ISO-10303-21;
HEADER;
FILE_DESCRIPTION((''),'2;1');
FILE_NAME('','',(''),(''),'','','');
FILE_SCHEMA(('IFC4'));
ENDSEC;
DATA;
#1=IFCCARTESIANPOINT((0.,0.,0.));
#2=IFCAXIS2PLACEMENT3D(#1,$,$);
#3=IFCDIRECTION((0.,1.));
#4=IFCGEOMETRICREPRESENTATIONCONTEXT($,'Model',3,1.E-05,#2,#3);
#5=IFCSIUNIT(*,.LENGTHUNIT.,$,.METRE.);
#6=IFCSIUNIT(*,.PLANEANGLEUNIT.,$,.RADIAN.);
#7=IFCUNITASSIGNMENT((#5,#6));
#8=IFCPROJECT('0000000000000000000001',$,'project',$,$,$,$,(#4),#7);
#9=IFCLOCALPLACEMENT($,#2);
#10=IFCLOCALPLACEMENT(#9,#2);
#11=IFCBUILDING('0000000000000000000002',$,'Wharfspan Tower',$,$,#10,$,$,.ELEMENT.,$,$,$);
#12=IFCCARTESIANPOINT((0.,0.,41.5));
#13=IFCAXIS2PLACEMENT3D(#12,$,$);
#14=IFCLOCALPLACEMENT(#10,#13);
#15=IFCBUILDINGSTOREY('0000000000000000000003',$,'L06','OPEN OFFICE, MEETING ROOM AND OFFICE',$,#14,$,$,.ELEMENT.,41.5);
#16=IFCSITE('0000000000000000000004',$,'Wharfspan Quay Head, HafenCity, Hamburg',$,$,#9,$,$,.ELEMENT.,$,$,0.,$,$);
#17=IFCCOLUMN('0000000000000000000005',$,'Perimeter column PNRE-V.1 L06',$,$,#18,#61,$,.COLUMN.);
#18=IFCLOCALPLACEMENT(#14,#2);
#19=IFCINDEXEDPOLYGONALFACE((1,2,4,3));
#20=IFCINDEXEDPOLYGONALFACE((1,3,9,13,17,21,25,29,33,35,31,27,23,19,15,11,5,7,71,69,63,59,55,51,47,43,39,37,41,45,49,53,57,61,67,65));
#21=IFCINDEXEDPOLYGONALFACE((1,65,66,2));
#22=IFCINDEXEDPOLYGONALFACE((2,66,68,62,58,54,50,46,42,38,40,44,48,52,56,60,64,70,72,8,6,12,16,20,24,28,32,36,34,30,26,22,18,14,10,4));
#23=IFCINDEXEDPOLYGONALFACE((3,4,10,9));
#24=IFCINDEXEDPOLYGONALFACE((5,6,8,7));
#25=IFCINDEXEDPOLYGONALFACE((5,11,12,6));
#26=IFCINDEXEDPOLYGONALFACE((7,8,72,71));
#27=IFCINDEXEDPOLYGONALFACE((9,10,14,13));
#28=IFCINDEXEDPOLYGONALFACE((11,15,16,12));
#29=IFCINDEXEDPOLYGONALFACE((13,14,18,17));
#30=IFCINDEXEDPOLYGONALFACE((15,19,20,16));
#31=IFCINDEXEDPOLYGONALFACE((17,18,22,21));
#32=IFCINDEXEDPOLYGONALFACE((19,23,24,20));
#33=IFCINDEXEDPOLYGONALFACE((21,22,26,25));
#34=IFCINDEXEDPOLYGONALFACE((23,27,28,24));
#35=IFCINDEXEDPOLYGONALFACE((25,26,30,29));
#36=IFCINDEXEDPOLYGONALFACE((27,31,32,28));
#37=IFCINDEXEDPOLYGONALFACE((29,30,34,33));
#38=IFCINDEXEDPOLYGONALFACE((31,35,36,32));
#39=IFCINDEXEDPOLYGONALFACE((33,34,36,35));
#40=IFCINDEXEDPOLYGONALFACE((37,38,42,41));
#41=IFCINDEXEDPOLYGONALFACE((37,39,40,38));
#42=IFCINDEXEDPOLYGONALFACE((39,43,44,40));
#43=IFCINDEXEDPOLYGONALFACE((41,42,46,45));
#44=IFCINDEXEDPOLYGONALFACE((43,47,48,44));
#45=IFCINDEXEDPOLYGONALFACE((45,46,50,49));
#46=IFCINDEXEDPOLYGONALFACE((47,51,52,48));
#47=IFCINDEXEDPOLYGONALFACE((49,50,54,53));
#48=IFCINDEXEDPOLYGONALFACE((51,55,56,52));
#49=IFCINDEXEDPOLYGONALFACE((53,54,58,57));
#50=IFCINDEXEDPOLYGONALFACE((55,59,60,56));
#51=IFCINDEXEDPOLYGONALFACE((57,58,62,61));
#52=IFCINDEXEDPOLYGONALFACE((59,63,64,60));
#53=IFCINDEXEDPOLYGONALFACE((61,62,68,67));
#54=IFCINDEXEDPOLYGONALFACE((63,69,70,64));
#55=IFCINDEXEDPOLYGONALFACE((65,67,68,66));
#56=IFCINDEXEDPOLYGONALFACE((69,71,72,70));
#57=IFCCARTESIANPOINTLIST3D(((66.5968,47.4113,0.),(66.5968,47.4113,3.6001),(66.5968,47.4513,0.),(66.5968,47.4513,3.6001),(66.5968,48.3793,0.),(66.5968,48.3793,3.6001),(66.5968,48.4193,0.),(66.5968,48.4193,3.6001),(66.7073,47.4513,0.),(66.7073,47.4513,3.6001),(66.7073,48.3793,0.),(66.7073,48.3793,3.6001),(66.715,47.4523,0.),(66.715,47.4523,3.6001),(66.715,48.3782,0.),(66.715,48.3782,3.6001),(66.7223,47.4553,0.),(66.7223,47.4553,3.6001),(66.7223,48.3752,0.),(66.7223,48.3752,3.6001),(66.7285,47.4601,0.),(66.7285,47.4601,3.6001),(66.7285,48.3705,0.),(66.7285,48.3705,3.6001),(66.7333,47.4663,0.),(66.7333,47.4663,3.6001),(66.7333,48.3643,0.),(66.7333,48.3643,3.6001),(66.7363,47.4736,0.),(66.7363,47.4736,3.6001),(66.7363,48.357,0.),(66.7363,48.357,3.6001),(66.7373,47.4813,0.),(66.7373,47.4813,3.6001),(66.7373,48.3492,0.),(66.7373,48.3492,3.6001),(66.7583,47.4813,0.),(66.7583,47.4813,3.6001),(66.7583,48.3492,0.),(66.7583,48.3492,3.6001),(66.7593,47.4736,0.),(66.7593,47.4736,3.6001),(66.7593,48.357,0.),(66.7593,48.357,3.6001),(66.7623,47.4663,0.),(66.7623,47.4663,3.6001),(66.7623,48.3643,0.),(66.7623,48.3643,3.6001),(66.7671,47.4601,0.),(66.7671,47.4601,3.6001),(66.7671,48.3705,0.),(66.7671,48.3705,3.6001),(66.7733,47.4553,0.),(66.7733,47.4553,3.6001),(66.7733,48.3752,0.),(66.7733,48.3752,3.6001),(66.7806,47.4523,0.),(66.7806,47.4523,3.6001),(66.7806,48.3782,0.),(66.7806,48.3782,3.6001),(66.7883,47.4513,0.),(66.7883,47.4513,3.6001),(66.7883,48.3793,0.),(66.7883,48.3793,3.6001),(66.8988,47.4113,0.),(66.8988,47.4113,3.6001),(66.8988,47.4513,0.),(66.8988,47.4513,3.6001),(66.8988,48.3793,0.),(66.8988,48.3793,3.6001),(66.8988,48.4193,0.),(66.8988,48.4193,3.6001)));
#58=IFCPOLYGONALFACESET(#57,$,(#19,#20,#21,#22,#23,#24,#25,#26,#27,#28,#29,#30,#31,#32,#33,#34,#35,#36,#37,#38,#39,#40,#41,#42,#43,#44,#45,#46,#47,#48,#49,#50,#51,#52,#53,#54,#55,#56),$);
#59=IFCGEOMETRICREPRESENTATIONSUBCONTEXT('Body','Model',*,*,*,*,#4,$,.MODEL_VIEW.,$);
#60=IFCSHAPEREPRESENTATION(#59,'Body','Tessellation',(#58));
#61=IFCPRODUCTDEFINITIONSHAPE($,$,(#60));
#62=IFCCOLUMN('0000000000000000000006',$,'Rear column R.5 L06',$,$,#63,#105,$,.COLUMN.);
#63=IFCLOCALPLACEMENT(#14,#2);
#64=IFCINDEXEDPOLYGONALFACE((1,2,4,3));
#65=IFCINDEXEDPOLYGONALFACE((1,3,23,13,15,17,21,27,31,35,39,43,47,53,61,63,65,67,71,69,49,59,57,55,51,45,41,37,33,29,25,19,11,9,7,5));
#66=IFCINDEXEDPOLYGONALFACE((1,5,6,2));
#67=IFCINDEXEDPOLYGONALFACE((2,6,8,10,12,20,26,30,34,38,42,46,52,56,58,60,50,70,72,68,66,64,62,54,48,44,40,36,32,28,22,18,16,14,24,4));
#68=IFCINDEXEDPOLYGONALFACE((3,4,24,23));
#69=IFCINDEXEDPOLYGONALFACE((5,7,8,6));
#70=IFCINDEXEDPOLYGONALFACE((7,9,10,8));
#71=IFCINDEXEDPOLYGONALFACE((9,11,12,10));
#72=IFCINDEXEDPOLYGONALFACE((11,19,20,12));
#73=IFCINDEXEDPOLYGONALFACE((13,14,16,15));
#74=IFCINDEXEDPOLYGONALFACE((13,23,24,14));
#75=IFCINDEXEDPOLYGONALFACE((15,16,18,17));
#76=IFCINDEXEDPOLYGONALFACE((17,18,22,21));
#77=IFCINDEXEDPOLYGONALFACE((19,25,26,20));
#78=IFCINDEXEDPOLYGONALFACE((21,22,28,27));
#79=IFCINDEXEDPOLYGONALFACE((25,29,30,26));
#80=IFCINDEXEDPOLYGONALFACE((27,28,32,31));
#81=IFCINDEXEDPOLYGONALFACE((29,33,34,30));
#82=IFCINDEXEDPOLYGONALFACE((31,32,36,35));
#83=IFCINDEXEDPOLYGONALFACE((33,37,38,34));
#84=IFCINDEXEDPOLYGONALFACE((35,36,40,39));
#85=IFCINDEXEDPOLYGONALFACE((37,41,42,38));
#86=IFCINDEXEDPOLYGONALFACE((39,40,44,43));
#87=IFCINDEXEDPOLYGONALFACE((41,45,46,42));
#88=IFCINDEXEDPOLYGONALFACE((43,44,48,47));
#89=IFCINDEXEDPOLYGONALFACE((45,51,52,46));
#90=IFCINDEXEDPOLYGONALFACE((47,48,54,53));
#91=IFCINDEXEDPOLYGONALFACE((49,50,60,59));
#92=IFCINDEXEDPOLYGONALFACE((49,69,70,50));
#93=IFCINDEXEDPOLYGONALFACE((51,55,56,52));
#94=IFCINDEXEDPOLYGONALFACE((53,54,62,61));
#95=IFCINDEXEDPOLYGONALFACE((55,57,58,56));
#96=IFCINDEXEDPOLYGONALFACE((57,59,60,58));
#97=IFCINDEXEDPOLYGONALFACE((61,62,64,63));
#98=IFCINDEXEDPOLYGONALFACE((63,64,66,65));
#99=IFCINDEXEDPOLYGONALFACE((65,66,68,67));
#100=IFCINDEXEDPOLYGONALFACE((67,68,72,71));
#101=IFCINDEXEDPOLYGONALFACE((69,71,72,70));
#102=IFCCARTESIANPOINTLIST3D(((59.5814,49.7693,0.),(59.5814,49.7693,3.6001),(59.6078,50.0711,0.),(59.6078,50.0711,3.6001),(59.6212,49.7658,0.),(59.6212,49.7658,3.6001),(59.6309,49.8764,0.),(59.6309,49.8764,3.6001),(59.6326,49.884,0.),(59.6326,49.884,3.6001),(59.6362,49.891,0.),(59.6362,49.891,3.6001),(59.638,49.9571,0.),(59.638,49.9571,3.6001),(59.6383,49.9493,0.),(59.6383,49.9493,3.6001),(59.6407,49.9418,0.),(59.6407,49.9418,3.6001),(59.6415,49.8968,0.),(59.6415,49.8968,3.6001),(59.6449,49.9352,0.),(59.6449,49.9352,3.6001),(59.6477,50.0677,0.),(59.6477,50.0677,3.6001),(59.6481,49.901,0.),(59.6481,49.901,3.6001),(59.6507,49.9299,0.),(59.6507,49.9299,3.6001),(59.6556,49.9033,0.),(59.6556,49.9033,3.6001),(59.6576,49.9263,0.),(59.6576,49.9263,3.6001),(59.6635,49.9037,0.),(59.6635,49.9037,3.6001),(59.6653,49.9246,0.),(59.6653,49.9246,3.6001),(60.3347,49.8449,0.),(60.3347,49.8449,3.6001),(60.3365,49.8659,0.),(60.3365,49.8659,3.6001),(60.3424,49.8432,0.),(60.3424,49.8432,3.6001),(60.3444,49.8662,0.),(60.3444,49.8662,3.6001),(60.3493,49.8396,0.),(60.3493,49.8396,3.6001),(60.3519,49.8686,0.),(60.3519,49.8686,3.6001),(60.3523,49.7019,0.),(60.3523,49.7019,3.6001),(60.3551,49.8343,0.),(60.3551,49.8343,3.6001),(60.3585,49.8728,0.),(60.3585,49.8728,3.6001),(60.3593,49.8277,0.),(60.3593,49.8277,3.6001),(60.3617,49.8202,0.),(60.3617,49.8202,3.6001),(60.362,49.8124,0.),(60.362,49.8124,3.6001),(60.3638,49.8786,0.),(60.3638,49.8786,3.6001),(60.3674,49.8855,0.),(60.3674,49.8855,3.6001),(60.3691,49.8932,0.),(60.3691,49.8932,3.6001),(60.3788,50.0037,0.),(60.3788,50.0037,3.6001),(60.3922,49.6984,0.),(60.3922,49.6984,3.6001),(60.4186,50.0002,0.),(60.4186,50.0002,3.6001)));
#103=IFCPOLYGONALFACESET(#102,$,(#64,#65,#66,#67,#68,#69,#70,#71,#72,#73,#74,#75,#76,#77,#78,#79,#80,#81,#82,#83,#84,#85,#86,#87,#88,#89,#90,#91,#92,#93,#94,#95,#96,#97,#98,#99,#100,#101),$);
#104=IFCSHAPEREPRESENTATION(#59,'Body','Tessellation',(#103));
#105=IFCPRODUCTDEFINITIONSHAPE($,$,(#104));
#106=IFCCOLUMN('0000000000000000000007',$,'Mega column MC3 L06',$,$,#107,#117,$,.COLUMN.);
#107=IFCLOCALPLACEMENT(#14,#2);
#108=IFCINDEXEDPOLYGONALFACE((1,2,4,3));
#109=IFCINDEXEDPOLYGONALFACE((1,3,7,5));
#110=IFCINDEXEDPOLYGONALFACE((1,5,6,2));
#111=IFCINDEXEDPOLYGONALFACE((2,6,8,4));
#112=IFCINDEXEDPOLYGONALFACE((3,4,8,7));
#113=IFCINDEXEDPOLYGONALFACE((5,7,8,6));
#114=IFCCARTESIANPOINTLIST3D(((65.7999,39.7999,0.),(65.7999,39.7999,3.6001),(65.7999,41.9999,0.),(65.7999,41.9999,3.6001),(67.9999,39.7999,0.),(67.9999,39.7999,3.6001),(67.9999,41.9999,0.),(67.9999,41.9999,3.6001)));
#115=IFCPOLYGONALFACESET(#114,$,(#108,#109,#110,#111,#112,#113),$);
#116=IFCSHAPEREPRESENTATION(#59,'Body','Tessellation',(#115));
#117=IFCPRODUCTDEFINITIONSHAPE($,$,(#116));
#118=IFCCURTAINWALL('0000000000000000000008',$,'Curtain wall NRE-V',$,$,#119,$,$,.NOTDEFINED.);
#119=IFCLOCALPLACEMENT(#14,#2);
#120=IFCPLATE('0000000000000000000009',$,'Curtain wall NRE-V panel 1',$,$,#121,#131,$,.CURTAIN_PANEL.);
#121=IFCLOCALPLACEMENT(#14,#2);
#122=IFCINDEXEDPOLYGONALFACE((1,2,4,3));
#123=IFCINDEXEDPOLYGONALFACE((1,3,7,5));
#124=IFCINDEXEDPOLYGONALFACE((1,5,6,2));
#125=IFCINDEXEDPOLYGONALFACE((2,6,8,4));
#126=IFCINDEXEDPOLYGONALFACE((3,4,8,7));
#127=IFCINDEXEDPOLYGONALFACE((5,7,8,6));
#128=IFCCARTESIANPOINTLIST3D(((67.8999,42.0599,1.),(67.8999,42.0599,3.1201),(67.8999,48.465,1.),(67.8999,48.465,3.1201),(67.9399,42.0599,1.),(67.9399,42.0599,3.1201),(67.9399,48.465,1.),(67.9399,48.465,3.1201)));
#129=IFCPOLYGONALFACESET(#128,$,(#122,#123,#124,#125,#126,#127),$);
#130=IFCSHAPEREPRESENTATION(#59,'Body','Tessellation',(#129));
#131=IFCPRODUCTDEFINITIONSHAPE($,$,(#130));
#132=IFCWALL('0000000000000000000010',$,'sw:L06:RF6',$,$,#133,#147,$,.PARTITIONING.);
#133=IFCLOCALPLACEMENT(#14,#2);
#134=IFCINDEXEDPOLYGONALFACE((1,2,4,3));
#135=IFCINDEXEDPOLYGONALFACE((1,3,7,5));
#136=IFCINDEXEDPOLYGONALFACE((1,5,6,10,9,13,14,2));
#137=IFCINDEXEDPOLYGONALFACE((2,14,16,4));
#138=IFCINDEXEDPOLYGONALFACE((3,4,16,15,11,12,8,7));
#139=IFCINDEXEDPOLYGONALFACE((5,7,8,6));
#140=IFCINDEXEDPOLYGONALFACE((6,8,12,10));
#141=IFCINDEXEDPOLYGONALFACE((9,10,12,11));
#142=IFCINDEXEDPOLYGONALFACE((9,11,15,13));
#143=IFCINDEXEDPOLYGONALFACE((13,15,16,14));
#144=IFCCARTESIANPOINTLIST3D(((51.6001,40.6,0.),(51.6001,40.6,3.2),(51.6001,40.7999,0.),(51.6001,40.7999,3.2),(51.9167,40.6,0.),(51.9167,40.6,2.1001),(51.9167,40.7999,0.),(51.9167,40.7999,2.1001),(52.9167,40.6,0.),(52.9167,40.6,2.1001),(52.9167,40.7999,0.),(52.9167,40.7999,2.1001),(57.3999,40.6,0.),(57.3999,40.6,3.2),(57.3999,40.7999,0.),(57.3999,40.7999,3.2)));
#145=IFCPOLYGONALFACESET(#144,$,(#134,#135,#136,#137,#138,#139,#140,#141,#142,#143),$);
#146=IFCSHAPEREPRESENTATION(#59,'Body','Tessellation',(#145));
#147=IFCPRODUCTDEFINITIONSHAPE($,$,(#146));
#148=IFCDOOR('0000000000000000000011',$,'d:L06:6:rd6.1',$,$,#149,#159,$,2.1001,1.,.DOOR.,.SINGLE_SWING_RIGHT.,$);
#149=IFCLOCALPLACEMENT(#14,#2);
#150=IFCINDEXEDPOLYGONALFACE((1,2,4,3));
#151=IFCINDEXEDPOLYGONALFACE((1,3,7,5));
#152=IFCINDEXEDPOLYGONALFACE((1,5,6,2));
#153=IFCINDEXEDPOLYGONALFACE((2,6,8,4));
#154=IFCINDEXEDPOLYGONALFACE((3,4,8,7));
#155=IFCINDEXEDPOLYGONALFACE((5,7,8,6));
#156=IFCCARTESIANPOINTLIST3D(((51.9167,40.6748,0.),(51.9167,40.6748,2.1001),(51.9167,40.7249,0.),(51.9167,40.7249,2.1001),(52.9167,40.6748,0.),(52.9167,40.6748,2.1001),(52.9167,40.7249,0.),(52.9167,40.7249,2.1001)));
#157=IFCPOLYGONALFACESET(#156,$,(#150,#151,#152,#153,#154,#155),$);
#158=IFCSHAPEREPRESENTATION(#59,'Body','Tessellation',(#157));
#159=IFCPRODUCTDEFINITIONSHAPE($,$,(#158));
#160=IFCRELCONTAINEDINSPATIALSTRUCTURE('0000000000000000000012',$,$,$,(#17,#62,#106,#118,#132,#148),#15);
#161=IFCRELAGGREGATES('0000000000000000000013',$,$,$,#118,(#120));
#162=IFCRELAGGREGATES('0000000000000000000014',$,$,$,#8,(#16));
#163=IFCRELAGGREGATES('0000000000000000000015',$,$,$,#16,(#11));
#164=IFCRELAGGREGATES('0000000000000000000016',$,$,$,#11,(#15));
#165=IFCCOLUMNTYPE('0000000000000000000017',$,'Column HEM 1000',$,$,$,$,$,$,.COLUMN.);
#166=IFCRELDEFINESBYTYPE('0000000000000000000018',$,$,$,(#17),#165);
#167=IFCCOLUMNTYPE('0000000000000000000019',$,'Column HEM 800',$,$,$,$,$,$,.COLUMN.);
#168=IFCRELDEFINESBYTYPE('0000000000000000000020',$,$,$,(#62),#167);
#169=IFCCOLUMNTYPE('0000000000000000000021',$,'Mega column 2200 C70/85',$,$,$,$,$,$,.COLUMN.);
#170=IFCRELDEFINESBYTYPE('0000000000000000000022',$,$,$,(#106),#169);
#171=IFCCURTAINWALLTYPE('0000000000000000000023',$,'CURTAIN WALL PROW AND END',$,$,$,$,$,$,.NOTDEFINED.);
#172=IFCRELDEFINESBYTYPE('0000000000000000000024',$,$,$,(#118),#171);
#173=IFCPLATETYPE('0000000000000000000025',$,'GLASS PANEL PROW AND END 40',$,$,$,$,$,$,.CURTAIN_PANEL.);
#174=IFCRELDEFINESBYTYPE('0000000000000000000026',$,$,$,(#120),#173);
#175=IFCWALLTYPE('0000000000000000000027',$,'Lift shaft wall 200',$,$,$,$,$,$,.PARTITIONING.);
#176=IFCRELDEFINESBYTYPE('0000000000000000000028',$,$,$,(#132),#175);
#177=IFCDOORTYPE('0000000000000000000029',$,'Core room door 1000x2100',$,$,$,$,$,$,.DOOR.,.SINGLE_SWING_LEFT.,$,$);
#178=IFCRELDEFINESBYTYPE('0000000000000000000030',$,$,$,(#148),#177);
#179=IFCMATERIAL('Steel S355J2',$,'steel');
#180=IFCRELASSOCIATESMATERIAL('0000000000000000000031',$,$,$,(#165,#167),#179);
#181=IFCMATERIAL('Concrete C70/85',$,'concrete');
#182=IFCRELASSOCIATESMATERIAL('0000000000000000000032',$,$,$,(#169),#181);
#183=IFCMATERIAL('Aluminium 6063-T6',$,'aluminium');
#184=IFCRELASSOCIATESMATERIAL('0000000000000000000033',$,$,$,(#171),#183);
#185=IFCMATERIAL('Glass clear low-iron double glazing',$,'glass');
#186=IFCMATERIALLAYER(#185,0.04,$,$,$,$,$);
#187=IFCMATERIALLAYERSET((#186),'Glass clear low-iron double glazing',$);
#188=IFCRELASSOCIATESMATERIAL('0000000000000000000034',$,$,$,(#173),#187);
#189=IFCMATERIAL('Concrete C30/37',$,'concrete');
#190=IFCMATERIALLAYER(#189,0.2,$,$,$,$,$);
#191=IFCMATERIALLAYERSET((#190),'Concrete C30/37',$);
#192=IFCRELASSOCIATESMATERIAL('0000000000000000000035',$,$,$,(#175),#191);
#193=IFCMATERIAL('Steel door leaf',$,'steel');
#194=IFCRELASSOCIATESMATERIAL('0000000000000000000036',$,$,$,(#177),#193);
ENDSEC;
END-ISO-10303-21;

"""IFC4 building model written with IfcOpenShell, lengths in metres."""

from ifc_helpers import new_model, si_unit, direction, frame, frame_2d, origin, origin_2d, place, context, subcontext, project, spatial, rectangle, i_section, extrude, material, layer, layer_set, material_profile, profile_set, type_object, element, fill, aggregate, save


model = new_model("IFC4")

# Units and contexts
model_context = context("Model", 3, precision=1e-05, world=origin(), true_north=direction((0.0, 1.0)))
body_context = subcontext(model_context, "Body", "Model", "MODEL_VIEW")
ifc_project = project(units=[si_unit("LENGTHUNIT", "METRE"), si_unit("PLANEANGLEUNIT", "RADIAN")], contexts=[model_context])

# Site, building, storey
site_placement = place(None, origin())
site = spatial("IfcSite", under=ifc_project, at=site_placement, Name="Wharfspan Quay Head, HafenCity, Hamburg", CompositionType="ELEMENT", RefElevation=0.0)
building_placement = place(site_placement, origin())
building = spatial("IfcBuilding", under=site, at=building_placement, Name="Wharfspan Tower", CompositionType="ELEMENT")
storey_placement = place(building_placement, frame((0.0, 0.0, 41.5)))
storey = spatial("IfcBuildingStorey", under=building, at=storey_placement, Name="L06", Description="OPEN OFFICE, MEETING ROOM AND OFFICE", CompositionType="ELEMENT", Elevation=41.5)

# Columns
ifc_material_1 = material(Name="Steel S355J2", Category="steel")
ifc_material_profile_1 = material_profile(ifc_material_1, i_section(OverallWidth=0.302, OverallDepth=1.0081, WebThickness=0.021, FlangeThickness=0.04, FilletRadius=0.03, at=origin_2d()))
ifc_profile_set_1 = profile_set([ifc_material_profile_1], Name="Steel S355J2")
column_type_1 = type_object("IfcColumnType", Name="Column HEM 1000", PredefinedType="COLUMN", material=ifc_profile_set_1)
column_1_placement = place(storey_placement, frame((66.7478, 47.9153, 0.0), z_axis=(0.0, 0.0, 1.0), x_axis=(1.0, 0.0, 0.0)))
element("IfcColumn", 1, at=column_1_placement, inside=storey, type_object=column_type_1, Name="Perimeter column PNRE-V.1 L06", PredefinedType="COLUMN", context=body_context, shape_type="SweptSolid", body=[
    extrude(i_section(OverallWidth=0.302, OverallDepth=1.0081, WebThickness=0.021, FlangeThickness=0.04, FilletRadius=0.03, at=origin_2d()), origin(), (0.0, 0.0, 1.0), 3.6001),
])
ifc_material_profile_2 = material_profile(ifc_material_1, i_section(OverallWidth=0.303, OverallDepth=0.814, WebThickness=0.021, FlangeThickness=0.04, FilletRadius=0.03, at=origin_2d()))
ifc_profile_set_2 = profile_set([ifc_material_profile_2], Name="Steel S355J2")
column_type_2 = type_object("IfcColumnType", Name="Column HEM 800", PredefinedType="COLUMN", material=ifc_profile_set_2)
column_2_placement = place(storey_placement, frame((60.0, 49.8848, 0.0), z_axis=(0.0, 0.0, 1.0), x_axis=(0.087156, 0.996197, 0.0)))
element("IfcColumn", 2, at=column_2_placement, inside=storey, type_object=column_type_2, Name="Rear column R.5 L06", PredefinedType="COLUMN", context=body_context, shape_type="SweptSolid", body=[
    extrude(i_section(OverallWidth=0.303, OverallDepth=0.814, WebThickness=0.021, FlangeThickness=0.04, FilletRadius=0.03, at=origin_2d()), origin(), (0.0, 0.0, 1.0), 3.6001),
])
ifc_material_2 = material(Name="Concrete C70/85", Category="concrete")
ifc_material_profile_3 = material_profile(ifc_material_2, rectangle(XDim=2.2, YDim=2.2, at=origin_2d()))
ifc_profile_set_3 = profile_set([ifc_material_profile_3], Name="Concrete C70/85")
column_type_3 = type_object("IfcColumnType", Name="Mega column 2200 C70/85", PredefinedType="COLUMN", material=ifc_profile_set_3)
column_3_placement = place(storey_placement, frame((66.8999, 40.8999, 0.0), z_axis=(0.0, 0.0, 1.0), x_axis=(1.0, 0.0, 0.0)))
element("IfcColumn", 3, at=column_3_placement, inside=storey, type_object=column_type_3, Name="Mega column MC3 L06", PredefinedType="COLUMN", context=body_context, shape_type="SweptSolid", body=[
    extrude(rectangle(XDim=2.2, YDim=2.2, at=origin_2d()), origin(), (0.0, 0.0, 1.0), 3.6001),
])

# Curtain wall, plate
ifc_material_3 = material(Name="Aluminium 6063-T6", Category="aluminium")
curtain_wall_type = type_object("IfcCurtainWallType", Name="CURTAIN WALL PROW AND END", PredefinedType="NOTDEFINED", material=ifc_material_3)
curtain_wall_placement = place(storey_placement, origin())
curtain_wall = element("IfcCurtainWall", 4, at=curtain_wall_placement, inside=storey, type_object=curtain_wall_type, Name="Curtain wall NRE-V", PredefinedType="NOTDEFINED")
ifc_material_4 = material(Name="Glass clear low-iron double glazing", Category="glass")
ifc_layer_1 = layer(ifc_material_4, 0.04)
ifc_layer_set_1 = layer_set([ifc_layer_1], Name="Glass clear low-iron double glazing")
plate_type = type_object("IfcPlateType", Name="GLASS PANEL PROW AND END 40", PredefinedType="CURTAIN_PANEL", material=ifc_layer_set_1)
plate_placement = place(storey_placement, frame((67.9199, 45.2625, 1.0), z_axis=(0.0, 0.0, 1.0), x_axis=(0.0, 1.0, 0.0)))
plate = element("IfcPlate", 5, at=plate_placement, type_object=plate_type, Name="Curtain wall NRE-V panel 1", PredefinedType="CURTAIN_PANEL", context=body_context, shape_type="SweptSolid", body=[
    extrude(rectangle(XDim=6.405, YDim=0.04, at=origin_2d()), origin(), (0.0, 0.0, 1.0), 2.1201),
])
aggregate(curtain_wall, [plate])

# Wall, opening, door
ifc_material_5 = material(Name="Concrete C30/37", Category="concrete")
ifc_layer_2 = layer(ifc_material_5, 0.2)
ifc_layer_set_2 = layer_set([ifc_layer_2], Name="Concrete C30/37")
wall_type_1 = type_object("IfcWallType", Name="Lift shaft wall 200", PredefinedType="PARTITIONING", material=ifc_layer_set_2)
wall_1_placement = place(storey_placement, frame((51.6001, 40.7, 0.0), z_axis=(0.0, 0.0, 1.0), x_axis=(1.0, 0.0, 0.0)))
wall_1 = element("IfcWall", 6, at=wall_1_placement, inside=storey, type_object=wall_type_1, Name="sw:L06:RF6", PredefinedType="PARTITIONING", context=body_context, shape_type="SweptSolid", body=[
    extrude(rectangle(XDim=5.7998, YDim=0.2, at=frame_2d((2.8999, 0.0))), origin(), (0.0, 0.0, 1.0), 3.2),
])
opening_1_placement = place(wall_1_placement, frame((0.3166, 0.0, 0.0)))
opening_1 = element("IfcOpeningElement", 7, at=opening_1_placement, cuts=wall_1, PredefinedType="OPENING", context=body_context, shape_type="SweptSolid", body=[
    extrude(rectangle(XDim=1.0, YDim=2.1001, at=frame_2d((0.5, 1.05))), frame((0.0, 0.1099, 0.0), z_axis=(0.0, -1.0, 0.0), x_axis=(1.0, 0.0, 0.0)), (0.0, 0.0, 1.0), 0.22),
])
ifc_material_6 = material(Name="Steel door leaf", Category="steel")
door_type_1 = type_object("IfcDoorType", Name="Core room door 1000x2100", OperationType="SINGLE_SWING_LEFT", PredefinedType="DOOR", material=ifc_material_6)
door_1_placement = place(opening_1_placement, origin())
door_1 = element("IfcDoor", 8, at=door_1_placement, inside=storey, type_object=door_type_1, Name="d:L06:6:rd6.1", OperationType="SINGLE_SWING_RIGHT", OverallHeight=2.1001, OverallWidth=1.0, PredefinedType="DOOR", context=body_context, shape_type="SweptSolid", body=[
    extrude(rectangle(XDim=1.0, YDim=2.1001, at=frame_2d((0.5, 1.05))), frame((0.0, 0.0249, 0.0), z_axis=(0.0, -1.0, 0.0), x_axis=(1.0, 0.0, 0.0)), (0.0, 0.0, 1.0), 0.05),
])
fill(opening_1, door_1)

save(model, "model.ifc")
